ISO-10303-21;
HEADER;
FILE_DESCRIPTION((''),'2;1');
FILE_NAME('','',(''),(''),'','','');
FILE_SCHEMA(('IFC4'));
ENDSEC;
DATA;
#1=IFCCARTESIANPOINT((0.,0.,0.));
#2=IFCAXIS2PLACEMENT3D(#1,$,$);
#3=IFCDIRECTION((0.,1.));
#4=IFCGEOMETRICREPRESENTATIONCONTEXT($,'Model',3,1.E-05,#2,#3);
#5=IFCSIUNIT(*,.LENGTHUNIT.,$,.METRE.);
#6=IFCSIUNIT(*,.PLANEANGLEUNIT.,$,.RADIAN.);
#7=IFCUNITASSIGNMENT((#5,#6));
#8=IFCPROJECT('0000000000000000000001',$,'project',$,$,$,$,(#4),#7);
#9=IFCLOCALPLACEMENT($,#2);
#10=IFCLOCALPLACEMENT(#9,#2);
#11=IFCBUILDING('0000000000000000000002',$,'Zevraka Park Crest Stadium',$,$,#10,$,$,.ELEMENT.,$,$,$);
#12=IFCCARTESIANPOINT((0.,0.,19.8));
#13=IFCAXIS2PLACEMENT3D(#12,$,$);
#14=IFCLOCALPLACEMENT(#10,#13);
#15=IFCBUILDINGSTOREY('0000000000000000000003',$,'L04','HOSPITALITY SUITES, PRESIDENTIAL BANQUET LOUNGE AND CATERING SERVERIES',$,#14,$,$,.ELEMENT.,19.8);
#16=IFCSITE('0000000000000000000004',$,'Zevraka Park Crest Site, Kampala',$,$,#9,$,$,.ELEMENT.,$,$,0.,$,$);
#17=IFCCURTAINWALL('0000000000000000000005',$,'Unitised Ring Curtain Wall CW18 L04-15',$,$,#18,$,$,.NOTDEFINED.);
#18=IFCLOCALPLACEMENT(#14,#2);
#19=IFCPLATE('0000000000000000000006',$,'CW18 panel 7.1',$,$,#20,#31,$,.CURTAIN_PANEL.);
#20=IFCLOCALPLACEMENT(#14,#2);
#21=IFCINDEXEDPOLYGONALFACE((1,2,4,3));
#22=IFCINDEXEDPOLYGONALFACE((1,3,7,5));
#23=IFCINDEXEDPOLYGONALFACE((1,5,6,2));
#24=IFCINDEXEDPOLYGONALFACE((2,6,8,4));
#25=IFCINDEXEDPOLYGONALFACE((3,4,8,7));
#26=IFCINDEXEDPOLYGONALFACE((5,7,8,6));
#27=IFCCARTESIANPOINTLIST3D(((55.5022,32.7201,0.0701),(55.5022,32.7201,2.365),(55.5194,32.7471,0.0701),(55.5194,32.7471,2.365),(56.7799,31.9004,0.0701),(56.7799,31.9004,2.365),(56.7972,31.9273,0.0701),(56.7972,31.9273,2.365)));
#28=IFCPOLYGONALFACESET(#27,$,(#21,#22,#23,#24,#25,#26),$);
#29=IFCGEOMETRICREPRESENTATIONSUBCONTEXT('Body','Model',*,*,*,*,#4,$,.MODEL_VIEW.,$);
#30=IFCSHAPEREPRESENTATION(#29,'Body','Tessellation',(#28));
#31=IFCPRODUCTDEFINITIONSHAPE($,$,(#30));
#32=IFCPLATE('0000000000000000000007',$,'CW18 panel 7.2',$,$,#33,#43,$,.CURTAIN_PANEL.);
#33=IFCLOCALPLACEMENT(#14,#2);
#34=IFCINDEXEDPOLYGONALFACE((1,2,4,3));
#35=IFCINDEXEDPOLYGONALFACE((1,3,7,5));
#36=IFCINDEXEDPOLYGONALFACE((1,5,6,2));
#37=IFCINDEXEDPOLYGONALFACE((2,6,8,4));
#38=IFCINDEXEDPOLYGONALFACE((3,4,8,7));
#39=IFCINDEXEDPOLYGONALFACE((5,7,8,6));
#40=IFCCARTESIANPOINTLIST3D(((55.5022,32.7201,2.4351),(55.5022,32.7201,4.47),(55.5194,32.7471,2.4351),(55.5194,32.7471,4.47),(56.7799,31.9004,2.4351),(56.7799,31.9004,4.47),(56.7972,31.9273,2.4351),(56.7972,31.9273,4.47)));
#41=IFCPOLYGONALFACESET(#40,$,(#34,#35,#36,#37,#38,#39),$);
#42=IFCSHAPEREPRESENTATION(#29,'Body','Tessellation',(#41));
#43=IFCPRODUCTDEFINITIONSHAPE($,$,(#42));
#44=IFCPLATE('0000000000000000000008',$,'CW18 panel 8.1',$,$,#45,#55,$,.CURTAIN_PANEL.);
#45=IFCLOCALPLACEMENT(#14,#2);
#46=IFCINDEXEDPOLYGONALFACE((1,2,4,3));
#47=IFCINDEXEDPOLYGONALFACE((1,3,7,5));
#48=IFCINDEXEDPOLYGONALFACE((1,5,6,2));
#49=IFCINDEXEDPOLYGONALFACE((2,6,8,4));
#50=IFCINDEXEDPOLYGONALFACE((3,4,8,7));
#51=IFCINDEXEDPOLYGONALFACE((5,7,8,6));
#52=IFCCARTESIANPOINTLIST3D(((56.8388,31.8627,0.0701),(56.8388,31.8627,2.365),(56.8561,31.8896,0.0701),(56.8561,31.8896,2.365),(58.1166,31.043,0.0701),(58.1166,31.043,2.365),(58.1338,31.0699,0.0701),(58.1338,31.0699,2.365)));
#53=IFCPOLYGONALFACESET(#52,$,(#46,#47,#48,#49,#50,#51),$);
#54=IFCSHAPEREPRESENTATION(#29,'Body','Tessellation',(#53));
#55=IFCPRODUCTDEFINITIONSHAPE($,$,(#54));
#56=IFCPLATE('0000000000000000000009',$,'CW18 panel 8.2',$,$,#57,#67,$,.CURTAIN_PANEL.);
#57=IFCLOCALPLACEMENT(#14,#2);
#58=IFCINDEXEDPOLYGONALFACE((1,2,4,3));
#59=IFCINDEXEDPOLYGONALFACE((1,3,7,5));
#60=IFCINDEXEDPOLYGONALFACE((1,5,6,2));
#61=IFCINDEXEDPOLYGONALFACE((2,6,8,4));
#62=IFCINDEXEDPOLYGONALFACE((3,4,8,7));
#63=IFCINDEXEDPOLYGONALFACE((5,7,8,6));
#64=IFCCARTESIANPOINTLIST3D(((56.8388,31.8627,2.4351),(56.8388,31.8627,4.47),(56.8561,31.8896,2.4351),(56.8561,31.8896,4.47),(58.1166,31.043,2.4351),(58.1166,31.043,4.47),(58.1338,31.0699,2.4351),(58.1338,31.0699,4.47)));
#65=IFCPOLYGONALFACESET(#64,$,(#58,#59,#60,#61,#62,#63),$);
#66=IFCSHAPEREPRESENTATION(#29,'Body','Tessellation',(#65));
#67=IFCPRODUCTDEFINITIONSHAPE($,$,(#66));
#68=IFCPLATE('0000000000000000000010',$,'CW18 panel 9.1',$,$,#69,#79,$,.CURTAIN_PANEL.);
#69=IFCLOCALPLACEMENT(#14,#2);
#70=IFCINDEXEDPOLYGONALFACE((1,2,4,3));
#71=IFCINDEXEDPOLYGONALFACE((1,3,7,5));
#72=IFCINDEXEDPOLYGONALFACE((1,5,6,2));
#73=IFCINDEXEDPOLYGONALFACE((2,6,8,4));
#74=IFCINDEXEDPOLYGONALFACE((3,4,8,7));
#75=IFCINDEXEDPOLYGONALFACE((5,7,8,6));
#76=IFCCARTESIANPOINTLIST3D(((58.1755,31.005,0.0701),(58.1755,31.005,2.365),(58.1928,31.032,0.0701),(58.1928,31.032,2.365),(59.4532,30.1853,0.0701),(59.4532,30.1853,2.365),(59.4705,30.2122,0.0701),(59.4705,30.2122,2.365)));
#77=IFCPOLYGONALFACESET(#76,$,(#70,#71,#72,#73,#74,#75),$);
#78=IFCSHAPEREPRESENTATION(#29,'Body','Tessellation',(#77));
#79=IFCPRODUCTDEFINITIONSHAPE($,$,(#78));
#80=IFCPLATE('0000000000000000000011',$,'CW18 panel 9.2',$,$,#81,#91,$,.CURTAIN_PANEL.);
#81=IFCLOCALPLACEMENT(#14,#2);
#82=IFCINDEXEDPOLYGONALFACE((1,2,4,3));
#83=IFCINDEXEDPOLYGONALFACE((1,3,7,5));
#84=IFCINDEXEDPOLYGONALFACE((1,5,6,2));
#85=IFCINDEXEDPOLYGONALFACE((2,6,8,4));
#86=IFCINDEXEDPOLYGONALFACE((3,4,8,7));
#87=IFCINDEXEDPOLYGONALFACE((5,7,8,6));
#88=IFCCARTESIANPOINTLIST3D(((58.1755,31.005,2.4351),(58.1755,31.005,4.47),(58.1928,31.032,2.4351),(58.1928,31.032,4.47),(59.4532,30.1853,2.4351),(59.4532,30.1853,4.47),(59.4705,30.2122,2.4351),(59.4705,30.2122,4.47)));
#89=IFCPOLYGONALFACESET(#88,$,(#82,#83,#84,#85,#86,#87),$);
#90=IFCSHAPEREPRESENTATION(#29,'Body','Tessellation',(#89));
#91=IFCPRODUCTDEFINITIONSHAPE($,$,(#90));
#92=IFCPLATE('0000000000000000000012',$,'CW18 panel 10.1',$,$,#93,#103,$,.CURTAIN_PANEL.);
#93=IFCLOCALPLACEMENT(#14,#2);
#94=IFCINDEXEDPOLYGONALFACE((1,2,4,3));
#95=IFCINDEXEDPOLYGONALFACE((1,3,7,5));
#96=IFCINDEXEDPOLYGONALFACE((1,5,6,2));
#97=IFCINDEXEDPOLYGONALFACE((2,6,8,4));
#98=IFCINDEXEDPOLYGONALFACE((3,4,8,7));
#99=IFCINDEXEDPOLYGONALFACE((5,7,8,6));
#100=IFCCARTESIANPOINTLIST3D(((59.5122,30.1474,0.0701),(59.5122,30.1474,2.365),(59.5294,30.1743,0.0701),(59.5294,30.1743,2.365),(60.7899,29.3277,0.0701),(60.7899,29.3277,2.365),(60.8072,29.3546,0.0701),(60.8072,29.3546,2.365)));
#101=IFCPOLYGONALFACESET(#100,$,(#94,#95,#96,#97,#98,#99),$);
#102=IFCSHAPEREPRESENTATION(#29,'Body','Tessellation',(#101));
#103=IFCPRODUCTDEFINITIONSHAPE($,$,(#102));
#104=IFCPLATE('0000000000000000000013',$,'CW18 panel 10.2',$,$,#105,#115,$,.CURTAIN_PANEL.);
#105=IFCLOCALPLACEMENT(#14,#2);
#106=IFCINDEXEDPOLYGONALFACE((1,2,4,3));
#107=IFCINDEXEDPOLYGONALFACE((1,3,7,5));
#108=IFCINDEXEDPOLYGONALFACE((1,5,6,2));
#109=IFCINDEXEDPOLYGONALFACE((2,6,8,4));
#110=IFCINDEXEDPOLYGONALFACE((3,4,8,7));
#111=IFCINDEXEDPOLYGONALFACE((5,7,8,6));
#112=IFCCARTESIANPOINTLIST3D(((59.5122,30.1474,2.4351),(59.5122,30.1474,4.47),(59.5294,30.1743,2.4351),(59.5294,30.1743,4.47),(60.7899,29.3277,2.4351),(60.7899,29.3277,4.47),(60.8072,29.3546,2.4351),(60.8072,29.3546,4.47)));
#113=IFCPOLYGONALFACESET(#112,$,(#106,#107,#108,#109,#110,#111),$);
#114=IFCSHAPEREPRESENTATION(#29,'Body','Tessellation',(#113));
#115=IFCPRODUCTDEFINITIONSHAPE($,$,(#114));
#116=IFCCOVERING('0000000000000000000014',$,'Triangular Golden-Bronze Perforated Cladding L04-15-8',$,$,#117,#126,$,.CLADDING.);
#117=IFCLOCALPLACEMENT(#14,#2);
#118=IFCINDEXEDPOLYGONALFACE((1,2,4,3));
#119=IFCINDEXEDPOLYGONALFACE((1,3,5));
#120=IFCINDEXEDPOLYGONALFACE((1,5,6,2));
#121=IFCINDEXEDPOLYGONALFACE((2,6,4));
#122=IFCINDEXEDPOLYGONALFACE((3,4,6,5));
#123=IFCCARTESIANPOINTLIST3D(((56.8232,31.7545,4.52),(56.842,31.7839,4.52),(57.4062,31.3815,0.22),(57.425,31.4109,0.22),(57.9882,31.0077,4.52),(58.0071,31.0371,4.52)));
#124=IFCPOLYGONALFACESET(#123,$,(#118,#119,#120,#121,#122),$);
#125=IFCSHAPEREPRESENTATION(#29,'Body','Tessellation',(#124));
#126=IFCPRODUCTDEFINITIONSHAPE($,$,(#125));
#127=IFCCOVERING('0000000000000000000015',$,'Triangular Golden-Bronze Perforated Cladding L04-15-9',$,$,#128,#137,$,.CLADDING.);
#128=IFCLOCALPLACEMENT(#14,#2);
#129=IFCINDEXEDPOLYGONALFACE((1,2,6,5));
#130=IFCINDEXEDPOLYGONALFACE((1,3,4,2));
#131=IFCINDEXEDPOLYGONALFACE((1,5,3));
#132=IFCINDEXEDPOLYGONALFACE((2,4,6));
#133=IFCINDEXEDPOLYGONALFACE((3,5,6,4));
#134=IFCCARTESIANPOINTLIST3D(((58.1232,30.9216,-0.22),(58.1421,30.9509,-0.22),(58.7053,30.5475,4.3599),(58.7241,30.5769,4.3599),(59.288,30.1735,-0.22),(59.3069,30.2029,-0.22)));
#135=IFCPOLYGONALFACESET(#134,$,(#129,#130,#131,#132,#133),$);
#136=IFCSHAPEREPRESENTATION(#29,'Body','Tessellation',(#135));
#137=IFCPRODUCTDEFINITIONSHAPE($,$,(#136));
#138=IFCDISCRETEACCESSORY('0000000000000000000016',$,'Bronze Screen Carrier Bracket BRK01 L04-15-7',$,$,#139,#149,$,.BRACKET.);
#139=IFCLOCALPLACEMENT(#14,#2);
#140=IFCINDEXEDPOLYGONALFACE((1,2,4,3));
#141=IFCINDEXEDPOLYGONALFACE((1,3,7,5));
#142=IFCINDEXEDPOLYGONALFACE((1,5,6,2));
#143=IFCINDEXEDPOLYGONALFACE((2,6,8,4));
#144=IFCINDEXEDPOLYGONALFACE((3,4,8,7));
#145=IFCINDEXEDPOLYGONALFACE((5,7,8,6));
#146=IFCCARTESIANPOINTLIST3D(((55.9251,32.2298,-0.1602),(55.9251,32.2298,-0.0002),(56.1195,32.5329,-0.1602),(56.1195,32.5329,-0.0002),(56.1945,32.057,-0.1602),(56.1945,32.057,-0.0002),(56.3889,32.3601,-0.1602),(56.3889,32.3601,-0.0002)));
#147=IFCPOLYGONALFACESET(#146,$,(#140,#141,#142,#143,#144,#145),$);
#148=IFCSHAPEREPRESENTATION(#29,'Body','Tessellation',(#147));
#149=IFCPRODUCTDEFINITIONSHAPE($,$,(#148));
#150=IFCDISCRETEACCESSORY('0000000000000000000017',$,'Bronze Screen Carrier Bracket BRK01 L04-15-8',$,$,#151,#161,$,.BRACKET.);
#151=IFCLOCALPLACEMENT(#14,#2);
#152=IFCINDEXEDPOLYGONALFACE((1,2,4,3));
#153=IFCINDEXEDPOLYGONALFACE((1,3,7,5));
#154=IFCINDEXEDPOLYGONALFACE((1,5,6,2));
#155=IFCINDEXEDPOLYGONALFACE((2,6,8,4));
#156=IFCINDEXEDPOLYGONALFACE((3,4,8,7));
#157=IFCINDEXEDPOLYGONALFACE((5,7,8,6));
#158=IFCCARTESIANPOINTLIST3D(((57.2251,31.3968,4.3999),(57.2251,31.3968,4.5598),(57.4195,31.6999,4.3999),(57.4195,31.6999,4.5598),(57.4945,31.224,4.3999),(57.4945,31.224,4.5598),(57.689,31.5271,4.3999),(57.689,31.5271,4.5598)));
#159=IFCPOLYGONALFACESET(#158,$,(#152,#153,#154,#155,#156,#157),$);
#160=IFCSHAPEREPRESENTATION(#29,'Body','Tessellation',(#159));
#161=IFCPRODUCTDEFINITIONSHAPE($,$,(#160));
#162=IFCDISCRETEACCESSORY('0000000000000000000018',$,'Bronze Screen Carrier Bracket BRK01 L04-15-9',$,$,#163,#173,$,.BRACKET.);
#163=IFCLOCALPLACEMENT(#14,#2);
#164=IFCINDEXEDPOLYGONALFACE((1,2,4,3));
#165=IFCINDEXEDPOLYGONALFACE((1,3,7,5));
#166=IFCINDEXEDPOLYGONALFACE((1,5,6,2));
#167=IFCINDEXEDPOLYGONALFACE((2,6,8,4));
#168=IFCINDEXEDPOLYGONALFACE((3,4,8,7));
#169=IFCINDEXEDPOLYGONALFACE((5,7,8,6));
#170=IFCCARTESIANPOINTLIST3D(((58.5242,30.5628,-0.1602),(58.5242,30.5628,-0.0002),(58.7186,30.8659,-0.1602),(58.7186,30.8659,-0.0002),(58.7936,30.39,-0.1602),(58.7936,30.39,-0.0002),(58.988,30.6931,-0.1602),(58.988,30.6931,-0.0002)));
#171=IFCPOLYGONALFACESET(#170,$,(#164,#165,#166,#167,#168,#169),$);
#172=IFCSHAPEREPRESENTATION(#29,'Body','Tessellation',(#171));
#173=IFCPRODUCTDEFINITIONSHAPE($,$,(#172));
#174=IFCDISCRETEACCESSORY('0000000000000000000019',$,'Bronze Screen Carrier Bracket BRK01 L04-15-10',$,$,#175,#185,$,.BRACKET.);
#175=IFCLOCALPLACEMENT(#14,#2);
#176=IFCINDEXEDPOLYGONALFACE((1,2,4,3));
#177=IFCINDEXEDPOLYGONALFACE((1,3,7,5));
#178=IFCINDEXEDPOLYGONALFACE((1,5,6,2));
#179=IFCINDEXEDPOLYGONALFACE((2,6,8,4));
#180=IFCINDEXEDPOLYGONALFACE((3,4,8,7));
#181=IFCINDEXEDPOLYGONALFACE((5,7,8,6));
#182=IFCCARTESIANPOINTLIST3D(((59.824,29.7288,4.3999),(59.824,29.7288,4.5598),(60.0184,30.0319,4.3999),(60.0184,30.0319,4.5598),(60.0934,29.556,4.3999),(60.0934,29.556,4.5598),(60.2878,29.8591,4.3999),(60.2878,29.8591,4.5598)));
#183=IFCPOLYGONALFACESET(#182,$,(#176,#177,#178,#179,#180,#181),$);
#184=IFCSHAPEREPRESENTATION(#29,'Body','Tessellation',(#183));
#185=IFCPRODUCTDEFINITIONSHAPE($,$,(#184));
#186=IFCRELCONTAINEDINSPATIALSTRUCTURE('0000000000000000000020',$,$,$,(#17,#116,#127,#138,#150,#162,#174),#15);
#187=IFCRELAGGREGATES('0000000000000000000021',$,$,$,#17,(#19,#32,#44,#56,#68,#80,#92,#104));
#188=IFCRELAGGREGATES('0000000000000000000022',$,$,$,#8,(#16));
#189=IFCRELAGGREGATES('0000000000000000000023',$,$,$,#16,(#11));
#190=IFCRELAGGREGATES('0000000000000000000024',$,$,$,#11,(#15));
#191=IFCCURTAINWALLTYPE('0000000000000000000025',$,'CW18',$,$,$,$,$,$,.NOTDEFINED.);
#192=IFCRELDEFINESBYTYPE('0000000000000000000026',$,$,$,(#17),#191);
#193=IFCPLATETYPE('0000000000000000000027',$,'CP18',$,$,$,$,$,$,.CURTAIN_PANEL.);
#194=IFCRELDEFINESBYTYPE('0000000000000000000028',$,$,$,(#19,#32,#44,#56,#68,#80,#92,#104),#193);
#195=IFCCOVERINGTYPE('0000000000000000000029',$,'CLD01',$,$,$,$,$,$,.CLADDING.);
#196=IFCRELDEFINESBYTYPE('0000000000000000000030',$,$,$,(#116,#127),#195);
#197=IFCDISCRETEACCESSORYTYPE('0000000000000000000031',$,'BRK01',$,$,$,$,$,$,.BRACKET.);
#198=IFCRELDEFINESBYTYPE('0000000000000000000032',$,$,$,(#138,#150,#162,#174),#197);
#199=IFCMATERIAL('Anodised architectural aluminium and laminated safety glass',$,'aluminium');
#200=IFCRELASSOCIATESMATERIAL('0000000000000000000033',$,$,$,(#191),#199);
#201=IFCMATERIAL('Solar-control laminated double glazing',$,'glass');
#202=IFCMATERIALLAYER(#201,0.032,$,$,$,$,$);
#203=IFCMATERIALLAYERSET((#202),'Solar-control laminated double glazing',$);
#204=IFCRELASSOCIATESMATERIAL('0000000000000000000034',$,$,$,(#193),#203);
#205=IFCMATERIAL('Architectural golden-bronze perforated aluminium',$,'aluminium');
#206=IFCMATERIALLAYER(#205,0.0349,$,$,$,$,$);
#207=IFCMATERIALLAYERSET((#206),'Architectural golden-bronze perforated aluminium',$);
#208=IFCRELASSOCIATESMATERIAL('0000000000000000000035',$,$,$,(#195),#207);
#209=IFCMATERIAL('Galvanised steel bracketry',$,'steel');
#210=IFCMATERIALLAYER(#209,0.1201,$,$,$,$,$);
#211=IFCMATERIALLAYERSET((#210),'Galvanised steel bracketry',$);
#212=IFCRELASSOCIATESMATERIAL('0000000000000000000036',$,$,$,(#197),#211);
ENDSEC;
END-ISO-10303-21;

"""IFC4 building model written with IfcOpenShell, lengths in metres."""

from ifc_helpers import new_model, si_unit, direction, frame, origin, origin_2d, place, context, subcontext, project, spatial, polyline, rectangle, outline, extrude, material, layer, layer_set, type_object, element, aggregate, save


model = new_model("IFC4")

# Units and contexts
model_context = context("Model", 3, precision=1e-05, world=origin(), true_north=direction((0.0, 1.0)))
body_context = subcontext(model_context, "Body", "Model", "MODEL_VIEW")
ifc_project = project(units=[si_unit("LENGTHUNIT", "METRE"), si_unit("PLANEANGLEUNIT", "RADIAN")], contexts=[model_context])

# Site, building, storey
site_placement = place(None, origin())
site = spatial("IfcSite", under=ifc_project, at=site_placement, Name="Zevraka Park Crest Site, Kampala", CompositionType="ELEMENT", RefElevation=0.0)
building_placement = place(site_placement, origin())
building = spatial("IfcBuilding", under=site, at=building_placement, Name="Zevraka Park Crest Stadium", CompositionType="ELEMENT")
storey_placement = place(building_placement, frame((0.0, 0.0, 19.8)))
storey = spatial("IfcBuildingStorey", under=building, at=storey_placement, Name="L04", Description="HOSPITALITY SUITES, PRESIDENTIAL BANQUET LOUNGE AND CATERING SERVERIES", CompositionType="ELEMENT", Elevation=19.8)

# Curtain wall, plates
ifc_material_1 = material(Name="Anodised architectural aluminium and laminated safety glass", Category="aluminium")
curtain_wall_type = type_object("IfcCurtainWallType", Name="CW18", PredefinedType="NOTDEFINED", material=ifc_material_1)
curtain_wall_placement = place(storey_placement, origin())
curtain_wall = element("IfcCurtainWall", 1, at=curtain_wall_placement, inside=storey, type_object=curtain_wall_type, Name="Unitised Ring Curtain Wall CW18 L04-15", PredefinedType="NOTDEFINED")
ifc_material_2 = material(Name="Solar-control laminated double glazing", Category="glass")
ifc_layer_1 = layer(ifc_material_2, 0.032)
ifc_layer_set_1 = layer_set([ifc_layer_1], Name="Solar-control laminated double glazing")
plate_type = type_object("IfcPlateType", Name="CP18", PredefinedType="CURTAIN_PANEL", material=ifc_layer_set_1)
plate_1_placement = place(storey_placement, frame((56.1497, 32.3237, 0.0701), z_axis=(0.0, 0.0, 1.0), x_axis=(0.841678, -0.53998, 0.0)))
plate_1 = element("IfcPlate", 2, at=plate_1_placement, type_object=plate_type, Name="CW18 panel 7.1", PredefinedType="CURTAIN_PANEL", context=body_context, shape_type="SweptSolid", body=[
    extrude(rectangle(XDim=1.5181, YDim=0.032, at=origin_2d()), origin(), (0.0, 0.0, 1.0), 2.2949),
])
plate_2_placement = place(storey_placement, frame((56.1497, 32.3237, 2.4351), z_axis=(0.0, 0.0, 1.0), x_axis=(0.841678, -0.53998, 0.0)))
plate_2 = element("IfcPlate", 3, at=plate_2_placement, type_object=plate_type, Name="CW18 panel 7.2", PredefinedType="CURTAIN_PANEL", context=body_context, shape_type="SweptSolid", body=[
    extrude(rectangle(XDim=1.5181, YDim=0.032, at=origin_2d()), origin(), (0.0, 0.0, 1.0), 2.0349),
])
plate_3_placement = place(storey_placement, frame((57.4863, 31.4663, 0.0701), z_axis=(0.0, 0.0, 1.0), x_axis=(0.841678, -0.53998, 0.0)))
plate_3 = element("IfcPlate", 4, at=plate_3_placement, type_object=plate_type, Name="CW18 panel 8.1", PredefinedType="CURTAIN_PANEL", context=body_context, shape_type="SweptSolid", body=[
    extrude(rectangle(XDim=1.5181, YDim=0.032, at=origin_2d()), origin(), (0.0, 0.0, 1.0), 2.2949),
])
plate_4_placement = place(storey_placement, frame((57.4863, 31.4663, 2.4351), z_axis=(0.0, 0.0, 1.0), x_axis=(0.841678, -0.53998, 0.0)))
plate_4 = element("IfcPlate", 5, at=plate_4_placement, type_object=plate_type, Name="CW18 panel 8.2", PredefinedType="CURTAIN_PANEL", context=body_context, shape_type="SweptSolid", body=[
    extrude(rectangle(XDim=1.5181, YDim=0.032, at=origin_2d()), origin(), (0.0, 0.0, 1.0), 2.0349),
])
plate_5_placement = place(storey_placement, frame((58.823, 30.6086, 0.0701), z_axis=(0.0, 0.0, 1.0), x_axis=(0.841678, -0.53998, 0.0)))
plate_5 = element("IfcPlate", 6, at=plate_5_placement, type_object=plate_type, Name="CW18 panel 9.1", PredefinedType="CURTAIN_PANEL", context=body_context, shape_type="SweptSolid", body=[
    extrude(rectangle(XDim=1.5181, YDim=0.032, at=origin_2d()), origin(), (0.0, 0.0, 1.0), 2.2949),
])
plate_6_placement = place(storey_placement, frame((58.823, 30.6086, 2.4351), z_axis=(0.0, 0.0, 1.0), x_axis=(0.841678, -0.53998, 0.0)))
plate_6 = element("IfcPlate", 7, at=plate_6_placement, type_object=plate_type, Name="CW18 panel 9.2", PredefinedType="CURTAIN_PANEL", context=body_context, shape_type="SweptSolid", body=[
    extrude(rectangle(XDim=1.5181, YDim=0.032, at=origin_2d()), origin(), (0.0, 0.0, 1.0), 2.0349),
])
plate_7_placement = place(storey_placement, frame((60.1597, 29.751, 0.0701), z_axis=(0.0, 0.0, 1.0), x_axis=(0.841678, -0.53998, 0.0)))
plate_7 = element("IfcPlate", 8, at=plate_7_placement, type_object=plate_type, Name="CW18 panel 10.1", PredefinedType="CURTAIN_PANEL", context=body_context, shape_type="SweptSolid", body=[
    extrude(rectangle(XDim=1.5181, YDim=0.032, at=origin_2d()), origin(), (0.0, 0.0, 1.0), 2.2949),
])
plate_8_placement = place(storey_placement, frame((60.1597, 29.751, 2.4351), z_axis=(0.0, 0.0, 1.0), x_axis=(0.841678, -0.53998, 0.0)))
plate_8 = element("IfcPlate", 9, at=plate_8_placement, type_object=plate_type, Name="CW18 panel 10.2", PredefinedType="CURTAIN_PANEL", context=body_context, shape_type="SweptSolid", body=[
    extrude(rectangle(XDim=1.5181, YDim=0.032, at=origin_2d()), origin(), (0.0, 0.0, 1.0), 2.0349),
])
aggregate(curtain_wall, [plate_1, plate_2, plate_3, plate_4, plate_5, plate_6, plate_7, plate_8])

# Coverings
ifc_material_3 = material(Name="Architectural golden-bronze perforated aluminium", Category="aluminium")
ifc_layer_2 = layer(ifc_material_3, 0.0349)
ifc_layer_set_2 = layer_set([ifc_layer_2], Name="Architectural golden-bronze perforated aluminium")
covering_type = type_object("IfcCoveringType", Name="CLD01", PredefinedType="CLADDING", material=ifc_layer_set_2)
covering_1_placement = place(storey_placement, frame((58.0071, 31.0371, 4.52), z_axis=(0.539669, 0.841877, 0.000133), x_axis=(-0.841877, 0.539669, 0.0)))
element("IfcCovering", 10, at=covering_1_placement, inside=storey, type_object=covering_type, Name="Triangular Golden-Bronze Perforated Cladding L04-15-8", PredefinedType="CLADDING", context=body_context, shape_type="SweptSolid", body=[
    extrude(outline(polyline([(0.0, 0.0), (1.3839, 0.0), (0.6917, -4.3), (0.0, 0.0)])), origin(), (0.0, 0.0, -1.0), 0.0349),
])
covering_2_placement = place(storey_placement, frame((58.1421, 30.9509, -0.22), z_axis=(0.540374, 0.841425, 0.000043), x_axis=(0.841425, -0.540374, 0.0)))
element("IfcCovering", 11, at=covering_2_placement, inside=storey, type_object=covering_type, Name="Triangular Golden-Bronze Perforated Cladding L04-15-9", PredefinedType="CLADDING", context=body_context, shape_type="SweptSolid", body=[
    extrude(outline(polyline([(0.0, 0.0), (1.3843, 0.0), (0.6918, -4.5798), (0.0, 0.0)])), origin(), (0.0, 0.0, -1.0), 0.0349),
])

# Discrete accessories
ifc_material_4 = material(Name="Galvanised steel bracketry", Category="steel")
ifc_layer_3 = layer(ifc_material_4, 0.1201)
ifc_layer_set_3 = layer_set([ifc_layer_3], Name="Galvanised steel bracketry")
discrete_accessory_type = type_object("IfcDiscreteAccessoryType", Name="BRK01", PredefinedType="BRACKET", material=ifc_layer_set_3)
for number, where, z_axis, x_axis, name in (
    (12, (56.157, 32.2949, -0.1602), (0.0, 0.0, 1.0), (0.841699, -0.539947, 0.0), "Bronze Screen Carrier Bracket BRK01 L04-15-7"),
    (13, (57.457, 31.4619, 4.3999), (0.0, 0.0, 1.0), (0.841699, -0.539947, 0.0), "Bronze Screen Carrier Bracket BRK01 L04-15-8"),
    (14, (58.7561, 30.6279, -0.1602), (0.0, 0.0, 1.0), (0.841699, -0.539947, 0.0), "Bronze Screen Carrier Bracket BRK01 L04-15-9"),
    (15, (60.0559, 29.7939, 4.3999), (0.0, 0.0, 1.0), (0.841699, -0.539947, 0.0), "Bronze Screen Carrier Bracket BRK01 L04-15-10"),
):
    element("IfcDiscreteAccessory", number, at=place(storey_placement, frame(where, z_axis=z_axis, x_axis=x_axis)), inside=storey, type_object=discrete_accessory_type, Name=name, PredefinedType="BRACKET", context=body_context, shape_type="SweptSolid", body=[
        extrude(rectangle(XDim=0.3201, YDim=0.3601, at=origin_2d()), origin(), (0.0, 0.0, 1.0), 0.1599),
    ])

save(model, "model.ifc")
